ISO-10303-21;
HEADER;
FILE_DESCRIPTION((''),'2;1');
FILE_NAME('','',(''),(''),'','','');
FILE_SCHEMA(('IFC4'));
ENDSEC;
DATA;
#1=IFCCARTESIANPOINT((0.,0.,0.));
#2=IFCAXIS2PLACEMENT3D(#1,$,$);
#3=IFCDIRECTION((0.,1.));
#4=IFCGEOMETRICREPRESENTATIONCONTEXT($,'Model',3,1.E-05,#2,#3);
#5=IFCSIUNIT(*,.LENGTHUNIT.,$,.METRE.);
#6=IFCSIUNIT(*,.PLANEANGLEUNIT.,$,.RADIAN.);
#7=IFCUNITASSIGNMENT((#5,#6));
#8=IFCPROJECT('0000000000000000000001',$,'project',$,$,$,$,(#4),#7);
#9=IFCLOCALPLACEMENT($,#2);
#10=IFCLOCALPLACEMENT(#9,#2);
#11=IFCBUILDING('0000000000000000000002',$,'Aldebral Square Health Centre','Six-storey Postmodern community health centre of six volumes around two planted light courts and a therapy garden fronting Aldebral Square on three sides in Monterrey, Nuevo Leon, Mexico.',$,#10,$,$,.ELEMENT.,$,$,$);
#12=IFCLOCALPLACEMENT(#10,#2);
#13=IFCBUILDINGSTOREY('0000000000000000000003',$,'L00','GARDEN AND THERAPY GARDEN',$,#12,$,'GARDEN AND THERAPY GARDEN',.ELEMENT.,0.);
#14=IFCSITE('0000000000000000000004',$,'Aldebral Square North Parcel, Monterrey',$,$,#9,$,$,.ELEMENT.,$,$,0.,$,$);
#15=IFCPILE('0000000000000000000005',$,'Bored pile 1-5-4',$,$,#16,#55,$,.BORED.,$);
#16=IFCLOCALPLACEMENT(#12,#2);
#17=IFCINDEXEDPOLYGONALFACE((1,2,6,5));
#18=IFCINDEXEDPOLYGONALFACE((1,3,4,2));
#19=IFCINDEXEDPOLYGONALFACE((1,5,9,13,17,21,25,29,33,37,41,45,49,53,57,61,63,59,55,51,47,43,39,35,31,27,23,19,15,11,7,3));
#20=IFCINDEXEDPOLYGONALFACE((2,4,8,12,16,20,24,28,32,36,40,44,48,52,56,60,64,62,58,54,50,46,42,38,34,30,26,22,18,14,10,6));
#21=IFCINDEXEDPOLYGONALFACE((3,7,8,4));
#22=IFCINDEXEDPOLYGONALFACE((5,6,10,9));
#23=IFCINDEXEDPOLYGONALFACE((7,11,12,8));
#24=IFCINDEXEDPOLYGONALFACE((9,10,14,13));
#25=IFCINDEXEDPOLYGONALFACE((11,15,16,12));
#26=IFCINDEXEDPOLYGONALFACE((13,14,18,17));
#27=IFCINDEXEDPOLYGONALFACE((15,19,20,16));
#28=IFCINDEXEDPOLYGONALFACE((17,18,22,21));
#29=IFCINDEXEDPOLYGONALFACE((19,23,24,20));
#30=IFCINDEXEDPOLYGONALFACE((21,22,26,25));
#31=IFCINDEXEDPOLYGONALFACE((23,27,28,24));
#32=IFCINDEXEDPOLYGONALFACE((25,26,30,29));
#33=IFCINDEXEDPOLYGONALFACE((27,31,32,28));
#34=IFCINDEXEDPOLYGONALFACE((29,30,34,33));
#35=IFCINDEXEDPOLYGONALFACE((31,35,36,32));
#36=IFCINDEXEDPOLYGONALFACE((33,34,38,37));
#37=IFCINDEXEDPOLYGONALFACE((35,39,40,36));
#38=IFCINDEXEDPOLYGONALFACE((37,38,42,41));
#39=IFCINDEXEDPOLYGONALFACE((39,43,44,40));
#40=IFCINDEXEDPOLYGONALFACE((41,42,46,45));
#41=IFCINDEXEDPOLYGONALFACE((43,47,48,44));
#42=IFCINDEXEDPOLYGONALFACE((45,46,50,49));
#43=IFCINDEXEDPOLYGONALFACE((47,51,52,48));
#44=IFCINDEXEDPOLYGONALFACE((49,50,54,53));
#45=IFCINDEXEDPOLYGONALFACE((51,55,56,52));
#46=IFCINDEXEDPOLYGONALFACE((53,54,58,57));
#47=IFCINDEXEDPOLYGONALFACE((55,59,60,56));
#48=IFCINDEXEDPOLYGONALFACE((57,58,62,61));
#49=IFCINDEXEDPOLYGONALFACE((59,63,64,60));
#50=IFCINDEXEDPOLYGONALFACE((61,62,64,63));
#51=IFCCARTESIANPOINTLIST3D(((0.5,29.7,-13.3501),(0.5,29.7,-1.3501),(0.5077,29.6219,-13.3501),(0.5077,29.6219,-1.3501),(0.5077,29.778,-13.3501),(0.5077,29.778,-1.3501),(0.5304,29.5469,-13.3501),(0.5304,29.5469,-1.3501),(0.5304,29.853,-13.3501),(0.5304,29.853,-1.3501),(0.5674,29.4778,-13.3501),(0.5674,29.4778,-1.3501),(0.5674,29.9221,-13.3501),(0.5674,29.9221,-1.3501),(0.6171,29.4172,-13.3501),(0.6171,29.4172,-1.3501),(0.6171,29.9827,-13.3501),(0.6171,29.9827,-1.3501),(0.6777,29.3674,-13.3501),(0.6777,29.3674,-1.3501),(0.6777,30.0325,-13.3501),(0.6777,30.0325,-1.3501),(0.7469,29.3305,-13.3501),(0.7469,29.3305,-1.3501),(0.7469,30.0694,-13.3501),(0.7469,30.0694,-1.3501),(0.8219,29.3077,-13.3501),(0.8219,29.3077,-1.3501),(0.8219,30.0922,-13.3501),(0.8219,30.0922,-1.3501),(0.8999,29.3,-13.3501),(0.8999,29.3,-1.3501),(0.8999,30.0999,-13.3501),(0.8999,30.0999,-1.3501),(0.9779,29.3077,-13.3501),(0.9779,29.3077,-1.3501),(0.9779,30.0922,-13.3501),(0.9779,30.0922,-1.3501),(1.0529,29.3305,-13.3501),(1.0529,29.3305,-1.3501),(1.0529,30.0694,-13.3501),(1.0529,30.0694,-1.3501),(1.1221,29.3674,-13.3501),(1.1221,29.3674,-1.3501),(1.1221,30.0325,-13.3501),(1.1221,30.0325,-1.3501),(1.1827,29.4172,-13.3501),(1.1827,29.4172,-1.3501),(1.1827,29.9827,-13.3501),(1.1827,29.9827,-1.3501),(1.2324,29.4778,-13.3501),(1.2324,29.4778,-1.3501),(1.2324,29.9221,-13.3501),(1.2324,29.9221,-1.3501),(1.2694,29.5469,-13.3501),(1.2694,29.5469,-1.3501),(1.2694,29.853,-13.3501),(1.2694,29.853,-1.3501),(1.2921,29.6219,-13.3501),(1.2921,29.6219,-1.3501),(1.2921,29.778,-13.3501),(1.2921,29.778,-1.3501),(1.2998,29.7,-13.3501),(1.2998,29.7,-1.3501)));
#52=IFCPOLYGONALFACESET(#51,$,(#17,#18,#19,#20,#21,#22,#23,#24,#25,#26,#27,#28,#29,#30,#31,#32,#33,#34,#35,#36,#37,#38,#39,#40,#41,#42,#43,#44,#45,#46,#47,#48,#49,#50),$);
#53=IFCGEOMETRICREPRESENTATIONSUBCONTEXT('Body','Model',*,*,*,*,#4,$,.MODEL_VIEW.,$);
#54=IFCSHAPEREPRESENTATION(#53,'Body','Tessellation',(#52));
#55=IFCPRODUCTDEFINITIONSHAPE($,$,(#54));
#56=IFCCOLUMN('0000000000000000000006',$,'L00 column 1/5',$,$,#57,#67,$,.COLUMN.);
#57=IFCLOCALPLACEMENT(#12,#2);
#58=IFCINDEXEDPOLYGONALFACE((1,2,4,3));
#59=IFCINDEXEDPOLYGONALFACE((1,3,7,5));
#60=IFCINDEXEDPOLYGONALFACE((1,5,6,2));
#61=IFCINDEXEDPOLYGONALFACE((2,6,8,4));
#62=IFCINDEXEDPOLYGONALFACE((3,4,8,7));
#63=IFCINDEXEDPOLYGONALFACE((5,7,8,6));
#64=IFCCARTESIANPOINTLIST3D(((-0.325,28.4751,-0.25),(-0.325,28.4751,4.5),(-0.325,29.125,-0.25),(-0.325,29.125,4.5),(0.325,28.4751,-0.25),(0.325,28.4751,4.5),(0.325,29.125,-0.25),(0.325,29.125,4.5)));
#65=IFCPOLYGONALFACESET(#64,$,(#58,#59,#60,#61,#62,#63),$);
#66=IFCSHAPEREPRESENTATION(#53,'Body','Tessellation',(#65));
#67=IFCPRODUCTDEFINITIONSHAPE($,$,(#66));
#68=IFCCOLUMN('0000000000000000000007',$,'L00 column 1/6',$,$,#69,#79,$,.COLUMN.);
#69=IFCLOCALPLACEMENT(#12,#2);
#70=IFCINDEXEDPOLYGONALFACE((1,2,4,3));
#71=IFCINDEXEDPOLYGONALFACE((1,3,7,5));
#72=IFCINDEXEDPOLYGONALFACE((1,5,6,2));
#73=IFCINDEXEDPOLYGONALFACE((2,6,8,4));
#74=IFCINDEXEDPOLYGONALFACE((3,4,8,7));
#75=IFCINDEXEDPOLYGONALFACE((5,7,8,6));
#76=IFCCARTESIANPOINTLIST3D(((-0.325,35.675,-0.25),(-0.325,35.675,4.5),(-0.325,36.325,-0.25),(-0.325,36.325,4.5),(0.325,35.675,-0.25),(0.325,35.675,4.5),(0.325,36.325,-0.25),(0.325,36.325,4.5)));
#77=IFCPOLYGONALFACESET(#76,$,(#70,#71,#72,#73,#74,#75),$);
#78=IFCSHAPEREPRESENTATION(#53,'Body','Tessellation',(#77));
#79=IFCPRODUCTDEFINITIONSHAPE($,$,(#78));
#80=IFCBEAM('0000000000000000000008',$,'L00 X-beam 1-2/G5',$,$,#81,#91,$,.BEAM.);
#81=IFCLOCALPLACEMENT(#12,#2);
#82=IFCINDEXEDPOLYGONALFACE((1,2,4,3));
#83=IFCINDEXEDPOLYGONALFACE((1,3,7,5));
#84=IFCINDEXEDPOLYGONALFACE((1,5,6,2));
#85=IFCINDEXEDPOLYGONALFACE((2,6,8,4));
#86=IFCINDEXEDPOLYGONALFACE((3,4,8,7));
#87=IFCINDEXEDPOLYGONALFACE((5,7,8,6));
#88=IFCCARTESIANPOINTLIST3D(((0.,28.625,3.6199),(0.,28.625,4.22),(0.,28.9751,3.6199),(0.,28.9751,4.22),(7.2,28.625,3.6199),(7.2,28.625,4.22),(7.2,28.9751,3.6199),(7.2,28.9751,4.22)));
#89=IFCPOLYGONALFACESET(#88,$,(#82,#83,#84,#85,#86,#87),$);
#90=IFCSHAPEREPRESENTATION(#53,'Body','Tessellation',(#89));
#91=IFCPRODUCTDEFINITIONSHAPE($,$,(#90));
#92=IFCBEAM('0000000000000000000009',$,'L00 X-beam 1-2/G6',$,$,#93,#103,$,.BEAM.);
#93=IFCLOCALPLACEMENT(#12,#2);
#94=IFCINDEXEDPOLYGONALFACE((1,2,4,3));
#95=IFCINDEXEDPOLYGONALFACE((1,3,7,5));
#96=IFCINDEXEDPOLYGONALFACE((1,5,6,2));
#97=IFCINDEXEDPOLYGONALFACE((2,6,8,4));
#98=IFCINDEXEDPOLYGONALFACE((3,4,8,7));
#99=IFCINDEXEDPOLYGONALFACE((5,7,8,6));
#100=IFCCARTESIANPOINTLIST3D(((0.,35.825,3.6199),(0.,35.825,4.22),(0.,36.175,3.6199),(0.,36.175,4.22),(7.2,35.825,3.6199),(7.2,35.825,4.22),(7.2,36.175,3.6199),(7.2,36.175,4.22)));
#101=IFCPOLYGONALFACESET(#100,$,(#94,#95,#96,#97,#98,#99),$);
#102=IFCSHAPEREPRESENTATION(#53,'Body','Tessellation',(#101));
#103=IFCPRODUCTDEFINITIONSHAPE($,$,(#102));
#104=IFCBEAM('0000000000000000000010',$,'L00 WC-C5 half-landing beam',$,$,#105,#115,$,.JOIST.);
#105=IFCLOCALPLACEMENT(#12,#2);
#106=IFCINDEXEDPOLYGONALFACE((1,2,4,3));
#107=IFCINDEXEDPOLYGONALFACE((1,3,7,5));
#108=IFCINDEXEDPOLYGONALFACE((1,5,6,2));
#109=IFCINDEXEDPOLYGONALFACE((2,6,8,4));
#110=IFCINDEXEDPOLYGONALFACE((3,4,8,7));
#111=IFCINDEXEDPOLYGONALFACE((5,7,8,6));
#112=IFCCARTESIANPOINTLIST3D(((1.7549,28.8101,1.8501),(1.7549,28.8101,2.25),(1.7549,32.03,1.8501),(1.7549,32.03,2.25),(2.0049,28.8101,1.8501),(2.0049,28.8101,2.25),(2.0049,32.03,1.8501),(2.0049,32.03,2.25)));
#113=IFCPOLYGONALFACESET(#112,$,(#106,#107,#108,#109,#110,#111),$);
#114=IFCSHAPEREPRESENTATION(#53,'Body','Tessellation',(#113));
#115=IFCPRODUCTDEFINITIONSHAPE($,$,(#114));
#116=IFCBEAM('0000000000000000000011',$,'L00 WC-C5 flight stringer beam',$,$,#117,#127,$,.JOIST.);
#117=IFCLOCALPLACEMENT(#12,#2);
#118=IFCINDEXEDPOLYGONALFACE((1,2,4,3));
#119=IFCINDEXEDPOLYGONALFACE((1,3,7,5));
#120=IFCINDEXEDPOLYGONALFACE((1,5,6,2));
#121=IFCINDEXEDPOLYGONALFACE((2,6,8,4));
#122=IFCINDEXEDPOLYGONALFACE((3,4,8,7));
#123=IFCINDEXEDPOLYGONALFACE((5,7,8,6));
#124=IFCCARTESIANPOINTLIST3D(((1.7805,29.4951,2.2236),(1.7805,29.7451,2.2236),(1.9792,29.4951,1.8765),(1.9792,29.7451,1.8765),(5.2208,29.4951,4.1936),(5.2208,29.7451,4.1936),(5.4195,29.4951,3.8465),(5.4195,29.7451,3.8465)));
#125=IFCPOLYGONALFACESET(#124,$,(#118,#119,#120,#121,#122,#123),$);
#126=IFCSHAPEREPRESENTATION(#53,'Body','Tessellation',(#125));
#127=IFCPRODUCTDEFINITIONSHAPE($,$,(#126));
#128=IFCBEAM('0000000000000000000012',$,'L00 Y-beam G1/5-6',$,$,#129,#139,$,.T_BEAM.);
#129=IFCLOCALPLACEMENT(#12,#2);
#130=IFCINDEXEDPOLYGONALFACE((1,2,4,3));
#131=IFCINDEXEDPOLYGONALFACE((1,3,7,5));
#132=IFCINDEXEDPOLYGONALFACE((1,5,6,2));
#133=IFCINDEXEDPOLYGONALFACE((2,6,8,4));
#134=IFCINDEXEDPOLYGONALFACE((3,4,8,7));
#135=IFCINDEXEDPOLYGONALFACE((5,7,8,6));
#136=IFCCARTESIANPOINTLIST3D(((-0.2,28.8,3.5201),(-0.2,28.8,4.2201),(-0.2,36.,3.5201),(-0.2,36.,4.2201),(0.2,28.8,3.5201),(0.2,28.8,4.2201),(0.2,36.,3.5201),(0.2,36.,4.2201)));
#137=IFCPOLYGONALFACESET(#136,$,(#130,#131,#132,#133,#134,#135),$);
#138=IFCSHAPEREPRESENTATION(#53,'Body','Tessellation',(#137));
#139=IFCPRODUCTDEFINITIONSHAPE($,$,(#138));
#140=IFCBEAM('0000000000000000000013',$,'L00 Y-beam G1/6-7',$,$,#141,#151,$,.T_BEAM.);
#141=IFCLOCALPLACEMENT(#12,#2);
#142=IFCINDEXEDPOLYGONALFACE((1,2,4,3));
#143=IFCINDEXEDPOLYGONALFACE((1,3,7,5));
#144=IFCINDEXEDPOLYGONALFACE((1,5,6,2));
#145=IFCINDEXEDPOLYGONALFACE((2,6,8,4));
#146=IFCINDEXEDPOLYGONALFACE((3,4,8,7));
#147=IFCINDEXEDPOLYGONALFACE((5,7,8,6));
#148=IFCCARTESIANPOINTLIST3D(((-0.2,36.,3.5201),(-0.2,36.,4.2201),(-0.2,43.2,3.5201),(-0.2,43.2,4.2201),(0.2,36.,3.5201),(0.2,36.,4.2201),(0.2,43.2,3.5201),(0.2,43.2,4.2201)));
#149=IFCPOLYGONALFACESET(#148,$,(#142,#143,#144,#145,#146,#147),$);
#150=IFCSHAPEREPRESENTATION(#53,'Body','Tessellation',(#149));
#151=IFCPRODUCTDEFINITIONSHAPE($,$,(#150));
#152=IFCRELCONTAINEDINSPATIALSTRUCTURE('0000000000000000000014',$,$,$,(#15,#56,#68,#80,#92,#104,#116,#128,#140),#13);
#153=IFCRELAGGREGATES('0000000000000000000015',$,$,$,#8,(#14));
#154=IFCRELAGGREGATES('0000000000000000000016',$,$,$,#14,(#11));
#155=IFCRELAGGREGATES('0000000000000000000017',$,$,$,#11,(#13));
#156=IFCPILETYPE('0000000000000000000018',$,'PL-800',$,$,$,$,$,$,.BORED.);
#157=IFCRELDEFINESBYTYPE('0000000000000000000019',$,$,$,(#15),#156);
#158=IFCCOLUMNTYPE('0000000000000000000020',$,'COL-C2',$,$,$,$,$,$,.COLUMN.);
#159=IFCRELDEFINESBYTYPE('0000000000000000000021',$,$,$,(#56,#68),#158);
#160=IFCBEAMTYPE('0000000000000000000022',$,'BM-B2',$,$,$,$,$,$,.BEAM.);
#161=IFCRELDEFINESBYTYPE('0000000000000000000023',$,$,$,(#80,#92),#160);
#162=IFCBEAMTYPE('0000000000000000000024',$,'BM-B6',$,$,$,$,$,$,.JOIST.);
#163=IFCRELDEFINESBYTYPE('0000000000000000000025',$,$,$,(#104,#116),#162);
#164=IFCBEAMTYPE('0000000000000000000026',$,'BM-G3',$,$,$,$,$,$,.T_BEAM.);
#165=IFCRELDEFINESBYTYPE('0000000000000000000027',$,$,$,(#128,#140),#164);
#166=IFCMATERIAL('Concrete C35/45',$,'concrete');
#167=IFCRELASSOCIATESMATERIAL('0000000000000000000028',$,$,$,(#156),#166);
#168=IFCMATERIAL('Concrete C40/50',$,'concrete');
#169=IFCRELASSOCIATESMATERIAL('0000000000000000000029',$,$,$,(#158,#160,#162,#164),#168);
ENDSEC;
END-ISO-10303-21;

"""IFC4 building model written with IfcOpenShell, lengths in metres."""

from ifc_helpers import new_model, si_unit, direction, frame, origin, origin_2d, place, context, subcontext, project, spatial, rectangle, circle, extrude, material, material_profile, profile_set, type_object, element, save


model = new_model("IFC4")

# Units and contexts
model_context = context("Model", 3, precision=1e-05, world=origin(), true_north=direction((0.0, 1.0)))
body_context = subcontext(model_context, "Body", "Model", "MODEL_VIEW")
ifc_project = project(units=[si_unit("LENGTHUNIT", "METRE"), si_unit("PLANEANGLEUNIT", "RADIAN")], contexts=[model_context])

# Site, building, storey
site_placement = place(None, origin())
site = spatial("IfcSite", under=ifc_project, at=site_placement, Name="Aldebral Square North Parcel, Monterrey", CompositionType="ELEMENT", RefElevation=0.0)
building_placement = place(site_placement, origin())
building = spatial("IfcBuilding", under=site, at=building_placement, Name="Aldebral Square Health Centre", Description="Six-storey Postmodern community health centre of six volumes around two planted light courts and a therapy garden fronting Aldebral Square on three sides in Monterrey, Nuevo Leon, Mexico.", CompositionType="ELEMENT")
storey_placement = place(building_placement, origin())
storey = spatial("IfcBuildingStorey", under=building, at=storey_placement, Name="L00", Description="GARDEN AND THERAPY GARDEN", LongName="GARDEN AND THERAPY GARDEN", CompositionType="ELEMENT", Elevation=0.0)

# Shared definitions
ifc_material_1 = material(Name="Concrete C35/45", Category="concrete")

# Pile
ifc_material_profile_1 = material_profile(ifc_material_1, circle(Radius=0.3999, at=origin_2d()), Name="PILE D800")
ifc_profile_set_1 = profile_set([ifc_material_profile_1], Name="Concrete C35/45")
pile_type_1 = type_object("IfcPileType", Name="PL-800", PredefinedType="BORED", material=ifc_profile_set_1)
for number, where, z_axis, x_axis, name in (
    (1, (0.8999, 29.7, -1.3501), (0.0, 0.0, -1.0), (1.0, 0.0, 0.0), "Bored pile 1-5-4"),
):
    element("IfcPile", number, at=place(storey_placement, frame(where, z_axis=z_axis, x_axis=x_axis)), inside=storey, type_object=pile_type_1, Name=name, PredefinedType="BORED", context=body_context, shape_type="SweptSolid", body=[
        extrude(circle(Radius=0.3999, at=origin_2d()), origin(), (0.0, 0.0, 1.0), 12.0),
    ])

# Columns
ifc_material_2 = material(Name="Concrete C40/50", Category="concrete")
ifc_material_profile_2 = material_profile(ifc_material_2, rectangle(XDim=0.6499, YDim=0.6499, at=origin_2d()), Name="RC 650x650")
ifc_profile_set_2 = profile_set([ifc_material_profile_2], Name="Concrete C40/50")
column_type = type_object("IfcColumnType", Name="COL-C2", PredefinedType="COLUMN", material=ifc_profile_set_2)
for number, where, z_axis, x_axis, name in (
    (2, (0.0, 28.8, -0.25), (0.0, 0.0, 1.0), (1.0, 0.0, 0.0), "L00 column 1/5"),
    (3, (0.0, 36.0, -0.25), (0.0, 0.0, 1.0), (1.0, 0.0, 0.0), "L00 column 1/6"),
):
    element("IfcColumn", number, at=place(storey_placement, frame(where, z_axis=z_axis, x_axis=x_axis)), inside=storey, type_object=column_type, Name=name, PredefinedType="COLUMN", context=body_context, shape_type="SweptSolid", body=[
        extrude(rectangle(XDim=0.6499, YDim=0.6499, at=origin_2d()), origin(), (0.0, 0.0, 1.0), 4.75),
    ])

# Beams
ifc_material_profile_3 = material_profile(ifc_material_2, rectangle(XDim=0.3501, YDim=0.6001, at=origin_2d()), Name="RC 350x600")
ifc_profile_set_3 = profile_set([ifc_material_profile_3], Name="Concrete C40/50")
beam_type_1 = type_object("IfcBeamType", Name="BM-B2", PredefinedType="BEAM", material=ifc_profile_set_3)
for number, where, z_axis, x_axis, name in (
    (4, (0.0, 28.8, 3.9199), (1.0, 0.0, 0.0), (0.0, 1.0, 0.0), "L00 X-beam 1-2/G5"),
    (5, (0.0, 36.0, 3.9199), (1.0, 0.0, 0.0), (0.0, 1.0, 0.0), "L00 X-beam 1-2/G6"),
):
    element("IfcBeam", number, at=place(storey_placement, frame(where, z_axis=z_axis, x_axis=x_axis)), inside=storey, type_object=beam_type_1, Name=name, PredefinedType="BEAM", context=body_context, shape_type="SweptSolid", body=[
        extrude(rectangle(XDim=0.3501, YDim=0.6001, at=origin_2d()), origin(), (0.0, 0.0, 1.0), 7.2),
    ])
ifc_material_profile_4 = material_profile(ifc_material_2, rectangle(XDim=0.25, YDim=0.3999, at=origin_2d()), Name="RC 250x400")
ifc_profile_set_4 = profile_set([ifc_material_profile_4], Name="Concrete C40/50")
beam_type_2 = type_object("IfcBeamType", Name="BM-B6", PredefinedType="JOIST", material=ifc_profile_set_4)
beam_1_placement = place(storey_placement, frame((1.8799, 28.8101, 2.05), z_axis=(0.0, 1.0, 0.0), x_axis=(-1.0, 0.0, 0.0)))
element("IfcBeam", 6, at=beam_1_placement, inside=storey, type_object=beam_type_2, Name="L00 WC-C5 half-landing beam", PredefinedType="JOIST", context=body_context, shape_type="SweptSolid", body=[
    extrude(rectangle(XDim=0.25, YDim=0.3999, at=origin_2d()), origin(), (0.0, 0.0, 1.0), 3.22),
])
beam_2_placement = place(storey_placement, frame((1.8799, 29.6201, 2.05), z_axis=(0.867792, 0.0, 0.496928), x_axis=(0.0, 1.0, 0.0)))
element("IfcBeam", 7, at=beam_2_placement, inside=storey, type_object=beam_type_2, Name="L00 WC-C5 flight stringer beam", PredefinedType="JOIST", context=body_context, shape_type="SweptSolid", body=[
    extrude(rectangle(XDim=0.25, YDim=0.3999, at=origin_2d()), origin(), (0.0, 0.0, 1.0), 3.9644),
])
ifc_material_profile_5 = material_profile(ifc_material_2, rectangle(XDim=0.3999, YDim=0.7, at=origin_2d()), Name="RC 400x700")
ifc_profile_set_5 = profile_set([ifc_material_profile_5], Name="Concrete C40/50")
beam_type_3 = type_object("IfcBeamType", Name="BM-G3", PredefinedType="T_BEAM", material=ifc_profile_set_5)
for number, where, z_axis, x_axis, name in (
    (8, (0.0, 28.8, 3.8701), (0.0, 1.0, 0.0), (-1.0, 0.0, 0.0), "L00 Y-beam G1/5-6"),
    (9, (0.0, 36.0, 3.8701), (0.0, 1.0, 0.0), (-1.0, 0.0, 0.0), "L00 Y-beam G1/6-7"),
):
    element("IfcBeam", number, at=place(storey_placement, frame(where, z_axis=z_axis, x_axis=x_axis)), inside=storey, type_object=beam_type_3, Name=name, PredefinedType="T_BEAM", context=body_context, shape_type="SweptSolid", body=[
        extrude(rectangle(XDim=0.3999, YDim=0.7, at=origin_2d()), origin(), (0.0, 0.0, 1.0), 7.2),
    ])

save(model, "model.ifc")
